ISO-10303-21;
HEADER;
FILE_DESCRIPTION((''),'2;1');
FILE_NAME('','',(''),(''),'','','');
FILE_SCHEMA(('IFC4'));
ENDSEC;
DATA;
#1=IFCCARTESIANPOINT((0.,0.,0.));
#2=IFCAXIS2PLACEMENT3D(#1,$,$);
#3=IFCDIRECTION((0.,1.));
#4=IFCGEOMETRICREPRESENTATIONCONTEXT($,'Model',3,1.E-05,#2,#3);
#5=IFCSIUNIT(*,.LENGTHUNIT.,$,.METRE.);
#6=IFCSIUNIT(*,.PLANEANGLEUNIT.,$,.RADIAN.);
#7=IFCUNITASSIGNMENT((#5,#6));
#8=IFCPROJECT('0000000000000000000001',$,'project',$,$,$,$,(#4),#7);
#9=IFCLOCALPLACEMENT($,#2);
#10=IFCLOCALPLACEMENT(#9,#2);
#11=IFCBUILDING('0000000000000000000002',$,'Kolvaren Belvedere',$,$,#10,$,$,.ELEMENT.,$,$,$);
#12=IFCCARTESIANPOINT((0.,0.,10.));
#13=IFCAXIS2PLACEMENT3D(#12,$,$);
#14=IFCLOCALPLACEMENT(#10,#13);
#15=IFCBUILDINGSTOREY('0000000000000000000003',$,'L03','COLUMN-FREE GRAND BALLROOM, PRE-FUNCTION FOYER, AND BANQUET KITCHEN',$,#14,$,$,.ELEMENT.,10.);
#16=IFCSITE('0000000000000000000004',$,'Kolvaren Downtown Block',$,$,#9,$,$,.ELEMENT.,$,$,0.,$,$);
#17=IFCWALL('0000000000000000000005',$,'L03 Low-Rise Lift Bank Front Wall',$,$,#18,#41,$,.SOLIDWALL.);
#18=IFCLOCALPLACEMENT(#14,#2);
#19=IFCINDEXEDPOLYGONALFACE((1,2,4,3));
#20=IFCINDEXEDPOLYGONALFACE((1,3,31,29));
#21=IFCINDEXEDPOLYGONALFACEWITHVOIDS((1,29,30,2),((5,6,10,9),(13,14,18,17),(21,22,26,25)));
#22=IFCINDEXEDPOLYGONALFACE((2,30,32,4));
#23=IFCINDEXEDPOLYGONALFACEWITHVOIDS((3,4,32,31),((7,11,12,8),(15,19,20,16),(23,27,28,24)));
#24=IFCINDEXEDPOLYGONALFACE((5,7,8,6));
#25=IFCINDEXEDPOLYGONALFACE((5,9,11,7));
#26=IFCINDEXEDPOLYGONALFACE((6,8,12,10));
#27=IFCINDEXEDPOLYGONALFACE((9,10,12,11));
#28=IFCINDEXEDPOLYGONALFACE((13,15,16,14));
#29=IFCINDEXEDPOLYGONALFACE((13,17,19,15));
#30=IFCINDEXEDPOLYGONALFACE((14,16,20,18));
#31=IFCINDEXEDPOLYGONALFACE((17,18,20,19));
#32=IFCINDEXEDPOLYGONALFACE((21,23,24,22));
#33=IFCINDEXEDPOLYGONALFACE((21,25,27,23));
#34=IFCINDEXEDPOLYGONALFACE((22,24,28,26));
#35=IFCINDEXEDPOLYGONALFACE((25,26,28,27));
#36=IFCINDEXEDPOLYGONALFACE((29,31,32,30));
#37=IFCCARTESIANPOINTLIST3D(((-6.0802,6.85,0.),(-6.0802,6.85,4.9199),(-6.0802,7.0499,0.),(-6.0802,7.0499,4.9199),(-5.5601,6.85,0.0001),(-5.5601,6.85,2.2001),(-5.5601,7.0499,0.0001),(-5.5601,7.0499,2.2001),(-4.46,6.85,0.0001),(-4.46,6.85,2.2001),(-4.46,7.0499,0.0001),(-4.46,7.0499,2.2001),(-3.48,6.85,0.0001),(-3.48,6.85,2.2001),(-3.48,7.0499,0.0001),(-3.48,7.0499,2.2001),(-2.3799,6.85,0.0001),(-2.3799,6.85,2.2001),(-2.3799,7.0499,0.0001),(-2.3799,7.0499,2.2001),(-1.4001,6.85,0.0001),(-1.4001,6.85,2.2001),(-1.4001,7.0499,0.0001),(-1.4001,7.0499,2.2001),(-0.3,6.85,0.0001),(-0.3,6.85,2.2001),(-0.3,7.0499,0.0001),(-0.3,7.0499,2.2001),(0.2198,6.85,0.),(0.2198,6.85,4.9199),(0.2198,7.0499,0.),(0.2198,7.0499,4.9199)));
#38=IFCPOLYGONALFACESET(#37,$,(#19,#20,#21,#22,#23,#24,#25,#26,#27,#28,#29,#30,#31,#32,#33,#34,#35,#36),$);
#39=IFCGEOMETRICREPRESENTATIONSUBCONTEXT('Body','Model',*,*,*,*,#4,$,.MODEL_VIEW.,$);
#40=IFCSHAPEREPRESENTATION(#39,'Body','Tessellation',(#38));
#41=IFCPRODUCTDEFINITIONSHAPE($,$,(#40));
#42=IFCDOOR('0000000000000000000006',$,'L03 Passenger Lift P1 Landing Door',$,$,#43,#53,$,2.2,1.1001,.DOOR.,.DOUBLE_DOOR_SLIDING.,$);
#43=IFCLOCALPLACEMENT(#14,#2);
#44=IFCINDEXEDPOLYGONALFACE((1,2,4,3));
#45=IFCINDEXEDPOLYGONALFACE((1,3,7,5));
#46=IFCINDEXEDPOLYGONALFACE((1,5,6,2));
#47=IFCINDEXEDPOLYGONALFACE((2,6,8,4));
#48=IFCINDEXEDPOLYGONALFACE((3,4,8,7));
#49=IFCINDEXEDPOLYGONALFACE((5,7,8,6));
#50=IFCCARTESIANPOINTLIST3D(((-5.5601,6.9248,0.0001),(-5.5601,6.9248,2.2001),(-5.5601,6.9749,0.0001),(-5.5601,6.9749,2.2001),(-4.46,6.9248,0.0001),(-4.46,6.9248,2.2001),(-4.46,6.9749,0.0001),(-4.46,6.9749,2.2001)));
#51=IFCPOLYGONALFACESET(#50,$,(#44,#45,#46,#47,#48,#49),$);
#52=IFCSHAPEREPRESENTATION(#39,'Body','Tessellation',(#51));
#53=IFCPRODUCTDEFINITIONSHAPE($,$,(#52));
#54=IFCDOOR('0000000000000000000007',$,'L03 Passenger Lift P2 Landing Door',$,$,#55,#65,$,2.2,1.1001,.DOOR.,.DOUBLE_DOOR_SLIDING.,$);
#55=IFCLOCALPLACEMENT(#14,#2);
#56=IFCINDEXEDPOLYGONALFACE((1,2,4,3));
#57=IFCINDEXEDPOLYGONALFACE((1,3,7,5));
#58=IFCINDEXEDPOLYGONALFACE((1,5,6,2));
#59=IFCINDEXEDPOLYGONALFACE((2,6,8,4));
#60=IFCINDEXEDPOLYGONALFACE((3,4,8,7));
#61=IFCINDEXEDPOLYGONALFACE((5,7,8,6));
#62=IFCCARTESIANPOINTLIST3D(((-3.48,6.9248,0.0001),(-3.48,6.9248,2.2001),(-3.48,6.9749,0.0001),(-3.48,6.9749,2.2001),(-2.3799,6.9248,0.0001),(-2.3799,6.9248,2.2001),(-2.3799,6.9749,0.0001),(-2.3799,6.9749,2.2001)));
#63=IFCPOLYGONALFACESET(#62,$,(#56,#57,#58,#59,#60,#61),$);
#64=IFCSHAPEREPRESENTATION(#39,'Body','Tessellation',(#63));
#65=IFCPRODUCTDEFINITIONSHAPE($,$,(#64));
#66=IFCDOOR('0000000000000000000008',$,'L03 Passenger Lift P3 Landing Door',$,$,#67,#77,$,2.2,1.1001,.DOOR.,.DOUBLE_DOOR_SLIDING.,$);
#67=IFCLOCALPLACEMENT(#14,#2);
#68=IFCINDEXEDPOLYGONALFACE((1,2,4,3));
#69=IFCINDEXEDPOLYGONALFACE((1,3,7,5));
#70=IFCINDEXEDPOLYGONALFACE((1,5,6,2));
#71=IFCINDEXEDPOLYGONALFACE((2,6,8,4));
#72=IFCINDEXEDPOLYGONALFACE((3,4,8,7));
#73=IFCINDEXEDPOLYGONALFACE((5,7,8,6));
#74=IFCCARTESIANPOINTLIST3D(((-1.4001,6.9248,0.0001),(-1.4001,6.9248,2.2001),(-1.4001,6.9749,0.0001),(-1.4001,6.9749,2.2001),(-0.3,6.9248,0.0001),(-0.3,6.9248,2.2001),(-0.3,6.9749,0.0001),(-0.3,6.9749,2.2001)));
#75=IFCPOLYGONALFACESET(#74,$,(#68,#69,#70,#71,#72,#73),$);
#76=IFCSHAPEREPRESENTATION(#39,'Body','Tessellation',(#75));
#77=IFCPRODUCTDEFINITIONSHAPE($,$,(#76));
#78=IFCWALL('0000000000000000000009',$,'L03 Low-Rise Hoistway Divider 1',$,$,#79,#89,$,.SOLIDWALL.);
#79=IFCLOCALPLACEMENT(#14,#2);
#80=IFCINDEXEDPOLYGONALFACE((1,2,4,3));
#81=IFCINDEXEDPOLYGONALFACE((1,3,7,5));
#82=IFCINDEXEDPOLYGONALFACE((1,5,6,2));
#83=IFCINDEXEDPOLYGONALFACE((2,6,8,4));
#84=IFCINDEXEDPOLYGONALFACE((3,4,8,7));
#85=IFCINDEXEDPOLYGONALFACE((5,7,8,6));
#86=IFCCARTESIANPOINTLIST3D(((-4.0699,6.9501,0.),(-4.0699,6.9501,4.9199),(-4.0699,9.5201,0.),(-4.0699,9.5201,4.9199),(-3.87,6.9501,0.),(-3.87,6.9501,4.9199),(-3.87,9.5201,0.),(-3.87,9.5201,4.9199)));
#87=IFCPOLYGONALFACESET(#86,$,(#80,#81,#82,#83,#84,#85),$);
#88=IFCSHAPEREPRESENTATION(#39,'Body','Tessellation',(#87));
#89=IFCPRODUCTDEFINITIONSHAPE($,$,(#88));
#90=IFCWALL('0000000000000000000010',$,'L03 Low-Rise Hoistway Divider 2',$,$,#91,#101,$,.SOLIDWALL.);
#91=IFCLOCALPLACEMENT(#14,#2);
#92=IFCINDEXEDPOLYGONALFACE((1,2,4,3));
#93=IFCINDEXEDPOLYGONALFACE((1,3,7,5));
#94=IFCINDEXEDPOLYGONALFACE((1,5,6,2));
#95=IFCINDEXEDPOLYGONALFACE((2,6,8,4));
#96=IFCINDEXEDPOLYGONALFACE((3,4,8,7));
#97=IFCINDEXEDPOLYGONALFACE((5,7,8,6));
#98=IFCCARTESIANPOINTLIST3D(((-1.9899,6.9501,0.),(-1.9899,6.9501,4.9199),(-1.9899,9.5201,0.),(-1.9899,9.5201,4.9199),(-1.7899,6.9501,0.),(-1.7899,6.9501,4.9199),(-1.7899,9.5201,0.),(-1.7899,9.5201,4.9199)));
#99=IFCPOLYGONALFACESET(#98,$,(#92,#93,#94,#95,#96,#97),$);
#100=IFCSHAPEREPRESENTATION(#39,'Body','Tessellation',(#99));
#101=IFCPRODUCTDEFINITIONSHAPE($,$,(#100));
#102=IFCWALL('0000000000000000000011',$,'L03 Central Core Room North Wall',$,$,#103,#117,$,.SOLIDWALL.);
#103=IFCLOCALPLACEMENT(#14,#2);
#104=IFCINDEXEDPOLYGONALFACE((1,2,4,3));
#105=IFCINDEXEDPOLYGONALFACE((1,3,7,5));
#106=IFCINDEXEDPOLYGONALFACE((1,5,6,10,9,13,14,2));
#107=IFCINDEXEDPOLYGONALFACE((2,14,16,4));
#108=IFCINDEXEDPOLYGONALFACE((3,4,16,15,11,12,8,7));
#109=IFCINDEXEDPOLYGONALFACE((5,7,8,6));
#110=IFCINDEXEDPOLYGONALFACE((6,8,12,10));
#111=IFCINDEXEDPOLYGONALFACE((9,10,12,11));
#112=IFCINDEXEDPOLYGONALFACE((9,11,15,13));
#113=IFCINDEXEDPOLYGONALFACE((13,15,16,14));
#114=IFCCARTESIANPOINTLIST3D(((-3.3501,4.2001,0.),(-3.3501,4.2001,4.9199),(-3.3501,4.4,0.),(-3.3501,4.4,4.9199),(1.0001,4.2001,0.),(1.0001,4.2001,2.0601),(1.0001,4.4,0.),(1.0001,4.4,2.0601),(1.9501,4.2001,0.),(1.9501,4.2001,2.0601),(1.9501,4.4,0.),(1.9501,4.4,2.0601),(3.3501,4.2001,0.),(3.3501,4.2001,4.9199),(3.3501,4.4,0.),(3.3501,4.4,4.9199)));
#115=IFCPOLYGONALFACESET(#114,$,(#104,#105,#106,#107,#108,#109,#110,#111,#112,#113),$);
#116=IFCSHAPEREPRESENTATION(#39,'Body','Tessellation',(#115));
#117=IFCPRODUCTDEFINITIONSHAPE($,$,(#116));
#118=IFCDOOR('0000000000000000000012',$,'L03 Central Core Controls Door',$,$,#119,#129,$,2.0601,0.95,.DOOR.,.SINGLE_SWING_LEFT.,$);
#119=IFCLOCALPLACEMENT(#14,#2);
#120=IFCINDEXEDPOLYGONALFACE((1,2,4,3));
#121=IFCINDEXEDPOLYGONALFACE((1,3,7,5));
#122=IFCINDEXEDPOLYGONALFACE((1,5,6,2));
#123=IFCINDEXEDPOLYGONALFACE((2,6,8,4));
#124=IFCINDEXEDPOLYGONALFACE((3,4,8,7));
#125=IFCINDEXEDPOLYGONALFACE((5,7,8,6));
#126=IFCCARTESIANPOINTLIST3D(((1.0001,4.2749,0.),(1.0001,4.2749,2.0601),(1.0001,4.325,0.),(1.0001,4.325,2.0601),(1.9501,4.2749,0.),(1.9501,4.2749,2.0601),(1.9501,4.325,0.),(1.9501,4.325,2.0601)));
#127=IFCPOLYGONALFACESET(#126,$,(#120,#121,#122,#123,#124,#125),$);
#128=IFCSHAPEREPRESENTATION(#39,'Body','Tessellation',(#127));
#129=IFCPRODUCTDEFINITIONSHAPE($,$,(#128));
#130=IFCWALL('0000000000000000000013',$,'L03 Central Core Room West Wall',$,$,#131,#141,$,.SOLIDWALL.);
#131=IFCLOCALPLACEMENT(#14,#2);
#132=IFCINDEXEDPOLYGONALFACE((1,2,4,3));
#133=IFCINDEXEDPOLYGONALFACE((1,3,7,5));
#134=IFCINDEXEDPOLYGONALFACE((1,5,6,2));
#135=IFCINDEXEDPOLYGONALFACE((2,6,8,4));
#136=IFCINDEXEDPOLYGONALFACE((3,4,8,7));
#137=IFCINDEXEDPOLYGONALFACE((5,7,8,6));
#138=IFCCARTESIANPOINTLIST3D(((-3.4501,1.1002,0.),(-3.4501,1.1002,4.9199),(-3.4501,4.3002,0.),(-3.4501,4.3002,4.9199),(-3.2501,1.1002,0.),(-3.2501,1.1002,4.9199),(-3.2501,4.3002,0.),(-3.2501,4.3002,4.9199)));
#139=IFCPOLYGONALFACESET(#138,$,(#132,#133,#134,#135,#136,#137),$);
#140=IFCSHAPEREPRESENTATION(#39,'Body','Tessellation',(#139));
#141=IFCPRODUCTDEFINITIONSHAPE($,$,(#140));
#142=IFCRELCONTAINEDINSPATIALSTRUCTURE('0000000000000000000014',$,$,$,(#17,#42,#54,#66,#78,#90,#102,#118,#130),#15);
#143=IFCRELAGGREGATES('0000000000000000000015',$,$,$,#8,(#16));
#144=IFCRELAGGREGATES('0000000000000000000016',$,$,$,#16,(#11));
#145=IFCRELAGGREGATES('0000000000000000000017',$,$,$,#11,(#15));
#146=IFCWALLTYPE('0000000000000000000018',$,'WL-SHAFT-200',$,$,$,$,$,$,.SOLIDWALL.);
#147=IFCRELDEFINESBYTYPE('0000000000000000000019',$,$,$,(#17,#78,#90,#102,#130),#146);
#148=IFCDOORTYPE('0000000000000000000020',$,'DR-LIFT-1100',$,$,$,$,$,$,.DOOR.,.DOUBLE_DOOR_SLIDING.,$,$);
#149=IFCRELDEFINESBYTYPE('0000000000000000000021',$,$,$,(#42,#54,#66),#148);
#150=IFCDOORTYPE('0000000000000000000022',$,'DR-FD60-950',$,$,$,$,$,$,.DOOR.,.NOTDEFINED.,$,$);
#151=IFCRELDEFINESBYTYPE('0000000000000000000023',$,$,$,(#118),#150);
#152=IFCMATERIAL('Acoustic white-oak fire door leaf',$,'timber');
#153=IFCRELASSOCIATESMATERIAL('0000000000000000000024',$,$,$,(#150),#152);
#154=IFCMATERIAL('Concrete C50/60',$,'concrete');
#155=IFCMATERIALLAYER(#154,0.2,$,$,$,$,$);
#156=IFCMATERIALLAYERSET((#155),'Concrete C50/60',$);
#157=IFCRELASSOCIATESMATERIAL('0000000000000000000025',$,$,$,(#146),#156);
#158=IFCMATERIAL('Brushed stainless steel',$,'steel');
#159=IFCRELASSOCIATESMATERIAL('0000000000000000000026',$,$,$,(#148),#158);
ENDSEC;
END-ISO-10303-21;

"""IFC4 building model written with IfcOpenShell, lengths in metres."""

from ifc_helpers import new_model, si_unit, direction, frame, frame_2d, origin, place, context, subcontext, project, spatial, rectangle, extrude, material, layer, layer_set, type_object, element, fill, save


model = new_model("IFC4")

# Units and contexts
model_context = context("Model", 3, precision=1e-05, world=origin(), true_north=direction((0.0, 1.0)))
body_context = subcontext(model_context, "Body", "Model", "MODEL_VIEW")
ifc_project = project(units=[si_unit("LENGTHUNIT", "METRE"), si_unit("PLANEANGLEUNIT", "RADIAN")], contexts=[model_context])

# Site, building, storey
site_placement = place(None, origin())
site = spatial("IfcSite", under=ifc_project, at=site_placement, Name="Kolvaren Downtown Block", CompositionType="ELEMENT", RefElevation=0.0)
building_placement = place(site_placement, origin())
building = spatial("IfcBuilding", under=site, at=building_placement, Name="Kolvaren Belvedere", CompositionType="ELEMENT")
storey_placement = place(building_placement, frame((0.0, 0.0, 10.0)))
storey = spatial("IfcBuildingStorey", under=building, at=storey_placement, Name="L03", Description="COLUMN-FREE GRAND BALLROOM, PRE-FUNCTION FOYER, AND BANQUET KITCHEN", CompositionType="ELEMENT", Elevation=10.0)

# Shared definitions
ifc_material_1 = material(Name="Acoustic white-oak fire door leaf", Category="timber")
door_type_1 = type_object("IfcDoorType", Name="DR-FD60-950", OperationType="NOTDEFINED", PredefinedType="DOOR", material=ifc_material_1)

# Shared definitions
ifc_material_2 = material(Name="Concrete C50/60", Category="concrete")
ifc_layer_1 = layer(ifc_material_2, 0.2)
ifc_layer_set_1 = layer_set([ifc_layer_1], Name="Concrete C50/60")
wall_type_1 = type_object("IfcWallType", Name="WL-SHAFT-200", PredefinedType="SOLIDWALL", material=ifc_layer_set_1)

# Wall, openings, doors
wall_1_placement = place(storey_placement, frame((-6.0801, 6.95, 0.0), z_axis=(0.0, 0.0, 1.0), x_axis=(1.0, 0.0, 0.0)))
wall_1 = element("IfcWall", 1, at=wall_1_placement, inside=storey, type_object=wall_type_1, Name="L03 Low-Rise Lift Bank Front Wall", PredefinedType="SOLIDWALL", context=body_context, shape_type="SweptSolid", body=[
    extrude(rectangle(XDim=6.3, YDim=0.2, at=frame_2d((3.1499, 0.0))), origin(), (0.0, 0.0, 1.0), 4.9199),
])
opening_1_placement = place(wall_1_placement, frame((0.52, 0.0, 0.0)))
opening_1 = element("IfcOpeningElement", 2, at=opening_1_placement, cuts=wall_1, PredefinedType="OPENING", context=body_context, shape_type="SweptSolid", body=[
    extrude(rectangle(XDim=1.1001, YDim=2.2, at=frame_2d((0.55, 1.1001))), frame((0.0, 0.1099, 0.0), z_axis=(0.0, -1.0, 0.0), x_axis=(1.0, 0.0, 0.0)), (0.0, 0.0, 1.0), 0.22),
])
opening_2_placement = place(wall_1_placement, frame((2.6001, 0.0, 0.0)))
opening_2 = element("IfcOpeningElement", 3, at=opening_2_placement, cuts=wall_1, PredefinedType="OPENING", context=body_context, shape_type="SweptSolid", body=[
    extrude(rectangle(XDim=1.1001, YDim=2.2, at=frame_2d((0.55, 1.1001))), frame((0.0, 0.1099, 0.0), z_axis=(0.0, -1.0, 0.0), x_axis=(1.0, 0.0, 0.0)), (0.0, 0.0, 1.0), 0.22),
])
opening_3_placement = place(wall_1_placement, frame((4.6799, 0.0, 0.0)))
opening_3 = element("IfcOpeningElement", 4, at=opening_3_placement, cuts=wall_1, PredefinedType="OPENING", context=body_context, shape_type="SweptSolid", body=[
    extrude(rectangle(XDim=1.1001, YDim=2.2, at=frame_2d((0.55, 1.1001))), frame((0.0, 0.1099, 0.0), z_axis=(0.0, -1.0, 0.0), x_axis=(1.0, 0.0, 0.0)), (0.0, 0.0, 1.0), 0.22),
])
ifc_material_3 = material(Name="Brushed stainless steel", Category="steel")
door_type_2 = type_object("IfcDoorType", Name="DR-LIFT-1100", OperationType="DOUBLE_DOOR_SLIDING", PredefinedType="DOOR", material=ifc_material_3)
door_1_placement = place(opening_1_placement, origin())
door_1 = element("IfcDoor", 5, at=door_1_placement, inside=storey, type_object=door_type_2, Name="L03 Passenger Lift P1 Landing Door", OperationType="DOUBLE_DOOR_SLIDING", OverallHeight=2.2, OverallWidth=1.1001, PredefinedType="DOOR", context=body_context, shape_type="SweptSolid", body=[
    extrude(rectangle(XDim=1.1001, YDim=2.2, at=frame_2d((0.55, 1.1001))), frame((0.0, 0.0249, 0.0), z_axis=(0.0, -1.0, 0.0), x_axis=(1.0, 0.0, 0.0)), (0.0, 0.0, 1.0), 0.05),
])
fill(opening_1, door_1)
door_2_placement = place(opening_2_placement, origin())
door_2 = element("IfcDoor", 6, at=door_2_placement, inside=storey, type_object=door_type_2, Name="L03 Passenger Lift P2 Landing Door", OperationType="DOUBLE_DOOR_SLIDING", OverallHeight=2.2, OverallWidth=1.1001, PredefinedType="DOOR", context=body_context, shape_type="SweptSolid", body=[
    extrude(rectangle(XDim=1.1001, YDim=2.2, at=frame_2d((0.55, 1.1001))), frame((0.0, 0.0249, 0.0), z_axis=(0.0, -1.0, 0.0), x_axis=(1.0, 0.0, 0.0)), (0.0, 0.0, 1.0), 0.05),
])
fill(opening_2, door_2)
door_3_placement = place(opening_3_placement, origin())
door_3 = element("IfcDoor", 7, at=door_3_placement, inside=storey, type_object=door_type_2, Name="L03 Passenger Lift P3 Landing Door", OperationType="DOUBLE_DOOR_SLIDING", OverallHeight=2.2, OverallWidth=1.1001, PredefinedType="DOOR", context=body_context, shape_type="SweptSolid", body=[
    extrude(rectangle(XDim=1.1001, YDim=2.2, at=frame_2d((0.55, 1.1001))), frame((0.0, 0.0249, 0.0), z_axis=(0.0, -1.0, 0.0), x_axis=(1.0, 0.0, 0.0)), (0.0, 0.0, 1.0), 0.05),
])
fill(opening_3, door_3)

# Walls
for number, where, z_axis, x_axis, name in (
    (8, (-3.97, 6.95, 0.0), (0.0, 0.0, 1.0), (0.0, 1.0, 0.0), "L03 Low-Rise Hoistway Divider 1"),
    (9, (-1.8899, 6.95, 0.0), (0.0, 0.0, 1.0), (0.0, 1.0, 0.0), "L03 Low-Rise Hoistway Divider 2"),
):
    element("IfcWall", number, at=place(storey_placement, frame(where, z_axis=z_axis, x_axis=x_axis)), inside=storey, type_object=wall_type_1, Name=name, PredefinedType="SOLIDWALL", context=body_context, shape_type="SweptSolid", body=[
        extrude(rectangle(XDim=2.5701, YDim=0.2, at=frame_2d((1.2852, 0.0))), origin(), (0.0, 0.0, 1.0), 4.9199),
    ])

# Wall, opening, door
wall_2_placement = place(storey_placement, frame((-3.3501, 4.3, 0.0), z_axis=(0.0, 0.0, 1.0), x_axis=(1.0, 0.0, 0.0)))
wall_2 = element("IfcWall", 10, at=wall_2_placement, inside=storey, type_object=wall_type_1, Name="L03 Central Core Room North Wall", PredefinedType="SOLIDWALL", context=body_context, shape_type="SweptSolid", body=[
    extrude(rectangle(XDim=6.7002, YDim=0.2, at=frame_2d((3.3501, 0.0))), origin(), (0.0, 0.0, 1.0), 4.9199),
])
opening_4_placement = place(wall_2_placement, frame((4.3501, 0.0, 0.0)))
opening_4 = element("IfcOpeningElement", 11, at=opening_4_placement, cuts=wall_2, PredefinedType="OPENING", context=body_context, shape_type="SweptSolid", body=[
    extrude(rectangle(XDim=0.95, YDim=2.0601, at=frame_2d((0.4751, 1.03))), frame((0.0, 0.1099, 0.0), z_axis=(0.0, -1.0, 0.0), x_axis=(1.0, 0.0, 0.0)), (0.0, 0.0, 1.0), 0.22),
])
door_4_placement = place(opening_4_placement, origin())
door_4 = element("IfcDoor", 12, at=door_4_placement, inside=storey, type_object=door_type_1, Name="L03 Central Core Controls Door", OperationType="SINGLE_SWING_LEFT", OverallHeight=2.0601, OverallWidth=0.95, PredefinedType="DOOR", context=body_context, shape_type="SweptSolid", body=[
    extrude(rectangle(XDim=0.95, YDim=2.0601, at=frame_2d((0.4751, 1.03))), frame((0.0, 0.0249, 0.0), z_axis=(0.0, -1.0, 0.0), x_axis=(1.0, 0.0, 0.0)), (0.0, 0.0, 1.0), 0.05),
])
fill(opening_4, door_4)

# Wall
wall_3_placement = place(storey_placement, frame((-3.3501, 1.1001, 0.0), z_axis=(0.0, 0.0, 1.0), x_axis=(0.0, 1.0, 0.0)))
element("IfcWall", 13, at=wall_3_placement, inside=storey, type_object=wall_type_1, Name="L03 Central Core Room West Wall", PredefinedType="SOLIDWALL", context=body_context, shape_type="SweptSolid", body=[
    extrude(rectangle(XDim=3.2, YDim=0.2, at=frame_2d((1.6001, 0.0))), origin(), (0.0, 0.0, 1.0), 4.9199),
])

save(model, "model.ifc")
